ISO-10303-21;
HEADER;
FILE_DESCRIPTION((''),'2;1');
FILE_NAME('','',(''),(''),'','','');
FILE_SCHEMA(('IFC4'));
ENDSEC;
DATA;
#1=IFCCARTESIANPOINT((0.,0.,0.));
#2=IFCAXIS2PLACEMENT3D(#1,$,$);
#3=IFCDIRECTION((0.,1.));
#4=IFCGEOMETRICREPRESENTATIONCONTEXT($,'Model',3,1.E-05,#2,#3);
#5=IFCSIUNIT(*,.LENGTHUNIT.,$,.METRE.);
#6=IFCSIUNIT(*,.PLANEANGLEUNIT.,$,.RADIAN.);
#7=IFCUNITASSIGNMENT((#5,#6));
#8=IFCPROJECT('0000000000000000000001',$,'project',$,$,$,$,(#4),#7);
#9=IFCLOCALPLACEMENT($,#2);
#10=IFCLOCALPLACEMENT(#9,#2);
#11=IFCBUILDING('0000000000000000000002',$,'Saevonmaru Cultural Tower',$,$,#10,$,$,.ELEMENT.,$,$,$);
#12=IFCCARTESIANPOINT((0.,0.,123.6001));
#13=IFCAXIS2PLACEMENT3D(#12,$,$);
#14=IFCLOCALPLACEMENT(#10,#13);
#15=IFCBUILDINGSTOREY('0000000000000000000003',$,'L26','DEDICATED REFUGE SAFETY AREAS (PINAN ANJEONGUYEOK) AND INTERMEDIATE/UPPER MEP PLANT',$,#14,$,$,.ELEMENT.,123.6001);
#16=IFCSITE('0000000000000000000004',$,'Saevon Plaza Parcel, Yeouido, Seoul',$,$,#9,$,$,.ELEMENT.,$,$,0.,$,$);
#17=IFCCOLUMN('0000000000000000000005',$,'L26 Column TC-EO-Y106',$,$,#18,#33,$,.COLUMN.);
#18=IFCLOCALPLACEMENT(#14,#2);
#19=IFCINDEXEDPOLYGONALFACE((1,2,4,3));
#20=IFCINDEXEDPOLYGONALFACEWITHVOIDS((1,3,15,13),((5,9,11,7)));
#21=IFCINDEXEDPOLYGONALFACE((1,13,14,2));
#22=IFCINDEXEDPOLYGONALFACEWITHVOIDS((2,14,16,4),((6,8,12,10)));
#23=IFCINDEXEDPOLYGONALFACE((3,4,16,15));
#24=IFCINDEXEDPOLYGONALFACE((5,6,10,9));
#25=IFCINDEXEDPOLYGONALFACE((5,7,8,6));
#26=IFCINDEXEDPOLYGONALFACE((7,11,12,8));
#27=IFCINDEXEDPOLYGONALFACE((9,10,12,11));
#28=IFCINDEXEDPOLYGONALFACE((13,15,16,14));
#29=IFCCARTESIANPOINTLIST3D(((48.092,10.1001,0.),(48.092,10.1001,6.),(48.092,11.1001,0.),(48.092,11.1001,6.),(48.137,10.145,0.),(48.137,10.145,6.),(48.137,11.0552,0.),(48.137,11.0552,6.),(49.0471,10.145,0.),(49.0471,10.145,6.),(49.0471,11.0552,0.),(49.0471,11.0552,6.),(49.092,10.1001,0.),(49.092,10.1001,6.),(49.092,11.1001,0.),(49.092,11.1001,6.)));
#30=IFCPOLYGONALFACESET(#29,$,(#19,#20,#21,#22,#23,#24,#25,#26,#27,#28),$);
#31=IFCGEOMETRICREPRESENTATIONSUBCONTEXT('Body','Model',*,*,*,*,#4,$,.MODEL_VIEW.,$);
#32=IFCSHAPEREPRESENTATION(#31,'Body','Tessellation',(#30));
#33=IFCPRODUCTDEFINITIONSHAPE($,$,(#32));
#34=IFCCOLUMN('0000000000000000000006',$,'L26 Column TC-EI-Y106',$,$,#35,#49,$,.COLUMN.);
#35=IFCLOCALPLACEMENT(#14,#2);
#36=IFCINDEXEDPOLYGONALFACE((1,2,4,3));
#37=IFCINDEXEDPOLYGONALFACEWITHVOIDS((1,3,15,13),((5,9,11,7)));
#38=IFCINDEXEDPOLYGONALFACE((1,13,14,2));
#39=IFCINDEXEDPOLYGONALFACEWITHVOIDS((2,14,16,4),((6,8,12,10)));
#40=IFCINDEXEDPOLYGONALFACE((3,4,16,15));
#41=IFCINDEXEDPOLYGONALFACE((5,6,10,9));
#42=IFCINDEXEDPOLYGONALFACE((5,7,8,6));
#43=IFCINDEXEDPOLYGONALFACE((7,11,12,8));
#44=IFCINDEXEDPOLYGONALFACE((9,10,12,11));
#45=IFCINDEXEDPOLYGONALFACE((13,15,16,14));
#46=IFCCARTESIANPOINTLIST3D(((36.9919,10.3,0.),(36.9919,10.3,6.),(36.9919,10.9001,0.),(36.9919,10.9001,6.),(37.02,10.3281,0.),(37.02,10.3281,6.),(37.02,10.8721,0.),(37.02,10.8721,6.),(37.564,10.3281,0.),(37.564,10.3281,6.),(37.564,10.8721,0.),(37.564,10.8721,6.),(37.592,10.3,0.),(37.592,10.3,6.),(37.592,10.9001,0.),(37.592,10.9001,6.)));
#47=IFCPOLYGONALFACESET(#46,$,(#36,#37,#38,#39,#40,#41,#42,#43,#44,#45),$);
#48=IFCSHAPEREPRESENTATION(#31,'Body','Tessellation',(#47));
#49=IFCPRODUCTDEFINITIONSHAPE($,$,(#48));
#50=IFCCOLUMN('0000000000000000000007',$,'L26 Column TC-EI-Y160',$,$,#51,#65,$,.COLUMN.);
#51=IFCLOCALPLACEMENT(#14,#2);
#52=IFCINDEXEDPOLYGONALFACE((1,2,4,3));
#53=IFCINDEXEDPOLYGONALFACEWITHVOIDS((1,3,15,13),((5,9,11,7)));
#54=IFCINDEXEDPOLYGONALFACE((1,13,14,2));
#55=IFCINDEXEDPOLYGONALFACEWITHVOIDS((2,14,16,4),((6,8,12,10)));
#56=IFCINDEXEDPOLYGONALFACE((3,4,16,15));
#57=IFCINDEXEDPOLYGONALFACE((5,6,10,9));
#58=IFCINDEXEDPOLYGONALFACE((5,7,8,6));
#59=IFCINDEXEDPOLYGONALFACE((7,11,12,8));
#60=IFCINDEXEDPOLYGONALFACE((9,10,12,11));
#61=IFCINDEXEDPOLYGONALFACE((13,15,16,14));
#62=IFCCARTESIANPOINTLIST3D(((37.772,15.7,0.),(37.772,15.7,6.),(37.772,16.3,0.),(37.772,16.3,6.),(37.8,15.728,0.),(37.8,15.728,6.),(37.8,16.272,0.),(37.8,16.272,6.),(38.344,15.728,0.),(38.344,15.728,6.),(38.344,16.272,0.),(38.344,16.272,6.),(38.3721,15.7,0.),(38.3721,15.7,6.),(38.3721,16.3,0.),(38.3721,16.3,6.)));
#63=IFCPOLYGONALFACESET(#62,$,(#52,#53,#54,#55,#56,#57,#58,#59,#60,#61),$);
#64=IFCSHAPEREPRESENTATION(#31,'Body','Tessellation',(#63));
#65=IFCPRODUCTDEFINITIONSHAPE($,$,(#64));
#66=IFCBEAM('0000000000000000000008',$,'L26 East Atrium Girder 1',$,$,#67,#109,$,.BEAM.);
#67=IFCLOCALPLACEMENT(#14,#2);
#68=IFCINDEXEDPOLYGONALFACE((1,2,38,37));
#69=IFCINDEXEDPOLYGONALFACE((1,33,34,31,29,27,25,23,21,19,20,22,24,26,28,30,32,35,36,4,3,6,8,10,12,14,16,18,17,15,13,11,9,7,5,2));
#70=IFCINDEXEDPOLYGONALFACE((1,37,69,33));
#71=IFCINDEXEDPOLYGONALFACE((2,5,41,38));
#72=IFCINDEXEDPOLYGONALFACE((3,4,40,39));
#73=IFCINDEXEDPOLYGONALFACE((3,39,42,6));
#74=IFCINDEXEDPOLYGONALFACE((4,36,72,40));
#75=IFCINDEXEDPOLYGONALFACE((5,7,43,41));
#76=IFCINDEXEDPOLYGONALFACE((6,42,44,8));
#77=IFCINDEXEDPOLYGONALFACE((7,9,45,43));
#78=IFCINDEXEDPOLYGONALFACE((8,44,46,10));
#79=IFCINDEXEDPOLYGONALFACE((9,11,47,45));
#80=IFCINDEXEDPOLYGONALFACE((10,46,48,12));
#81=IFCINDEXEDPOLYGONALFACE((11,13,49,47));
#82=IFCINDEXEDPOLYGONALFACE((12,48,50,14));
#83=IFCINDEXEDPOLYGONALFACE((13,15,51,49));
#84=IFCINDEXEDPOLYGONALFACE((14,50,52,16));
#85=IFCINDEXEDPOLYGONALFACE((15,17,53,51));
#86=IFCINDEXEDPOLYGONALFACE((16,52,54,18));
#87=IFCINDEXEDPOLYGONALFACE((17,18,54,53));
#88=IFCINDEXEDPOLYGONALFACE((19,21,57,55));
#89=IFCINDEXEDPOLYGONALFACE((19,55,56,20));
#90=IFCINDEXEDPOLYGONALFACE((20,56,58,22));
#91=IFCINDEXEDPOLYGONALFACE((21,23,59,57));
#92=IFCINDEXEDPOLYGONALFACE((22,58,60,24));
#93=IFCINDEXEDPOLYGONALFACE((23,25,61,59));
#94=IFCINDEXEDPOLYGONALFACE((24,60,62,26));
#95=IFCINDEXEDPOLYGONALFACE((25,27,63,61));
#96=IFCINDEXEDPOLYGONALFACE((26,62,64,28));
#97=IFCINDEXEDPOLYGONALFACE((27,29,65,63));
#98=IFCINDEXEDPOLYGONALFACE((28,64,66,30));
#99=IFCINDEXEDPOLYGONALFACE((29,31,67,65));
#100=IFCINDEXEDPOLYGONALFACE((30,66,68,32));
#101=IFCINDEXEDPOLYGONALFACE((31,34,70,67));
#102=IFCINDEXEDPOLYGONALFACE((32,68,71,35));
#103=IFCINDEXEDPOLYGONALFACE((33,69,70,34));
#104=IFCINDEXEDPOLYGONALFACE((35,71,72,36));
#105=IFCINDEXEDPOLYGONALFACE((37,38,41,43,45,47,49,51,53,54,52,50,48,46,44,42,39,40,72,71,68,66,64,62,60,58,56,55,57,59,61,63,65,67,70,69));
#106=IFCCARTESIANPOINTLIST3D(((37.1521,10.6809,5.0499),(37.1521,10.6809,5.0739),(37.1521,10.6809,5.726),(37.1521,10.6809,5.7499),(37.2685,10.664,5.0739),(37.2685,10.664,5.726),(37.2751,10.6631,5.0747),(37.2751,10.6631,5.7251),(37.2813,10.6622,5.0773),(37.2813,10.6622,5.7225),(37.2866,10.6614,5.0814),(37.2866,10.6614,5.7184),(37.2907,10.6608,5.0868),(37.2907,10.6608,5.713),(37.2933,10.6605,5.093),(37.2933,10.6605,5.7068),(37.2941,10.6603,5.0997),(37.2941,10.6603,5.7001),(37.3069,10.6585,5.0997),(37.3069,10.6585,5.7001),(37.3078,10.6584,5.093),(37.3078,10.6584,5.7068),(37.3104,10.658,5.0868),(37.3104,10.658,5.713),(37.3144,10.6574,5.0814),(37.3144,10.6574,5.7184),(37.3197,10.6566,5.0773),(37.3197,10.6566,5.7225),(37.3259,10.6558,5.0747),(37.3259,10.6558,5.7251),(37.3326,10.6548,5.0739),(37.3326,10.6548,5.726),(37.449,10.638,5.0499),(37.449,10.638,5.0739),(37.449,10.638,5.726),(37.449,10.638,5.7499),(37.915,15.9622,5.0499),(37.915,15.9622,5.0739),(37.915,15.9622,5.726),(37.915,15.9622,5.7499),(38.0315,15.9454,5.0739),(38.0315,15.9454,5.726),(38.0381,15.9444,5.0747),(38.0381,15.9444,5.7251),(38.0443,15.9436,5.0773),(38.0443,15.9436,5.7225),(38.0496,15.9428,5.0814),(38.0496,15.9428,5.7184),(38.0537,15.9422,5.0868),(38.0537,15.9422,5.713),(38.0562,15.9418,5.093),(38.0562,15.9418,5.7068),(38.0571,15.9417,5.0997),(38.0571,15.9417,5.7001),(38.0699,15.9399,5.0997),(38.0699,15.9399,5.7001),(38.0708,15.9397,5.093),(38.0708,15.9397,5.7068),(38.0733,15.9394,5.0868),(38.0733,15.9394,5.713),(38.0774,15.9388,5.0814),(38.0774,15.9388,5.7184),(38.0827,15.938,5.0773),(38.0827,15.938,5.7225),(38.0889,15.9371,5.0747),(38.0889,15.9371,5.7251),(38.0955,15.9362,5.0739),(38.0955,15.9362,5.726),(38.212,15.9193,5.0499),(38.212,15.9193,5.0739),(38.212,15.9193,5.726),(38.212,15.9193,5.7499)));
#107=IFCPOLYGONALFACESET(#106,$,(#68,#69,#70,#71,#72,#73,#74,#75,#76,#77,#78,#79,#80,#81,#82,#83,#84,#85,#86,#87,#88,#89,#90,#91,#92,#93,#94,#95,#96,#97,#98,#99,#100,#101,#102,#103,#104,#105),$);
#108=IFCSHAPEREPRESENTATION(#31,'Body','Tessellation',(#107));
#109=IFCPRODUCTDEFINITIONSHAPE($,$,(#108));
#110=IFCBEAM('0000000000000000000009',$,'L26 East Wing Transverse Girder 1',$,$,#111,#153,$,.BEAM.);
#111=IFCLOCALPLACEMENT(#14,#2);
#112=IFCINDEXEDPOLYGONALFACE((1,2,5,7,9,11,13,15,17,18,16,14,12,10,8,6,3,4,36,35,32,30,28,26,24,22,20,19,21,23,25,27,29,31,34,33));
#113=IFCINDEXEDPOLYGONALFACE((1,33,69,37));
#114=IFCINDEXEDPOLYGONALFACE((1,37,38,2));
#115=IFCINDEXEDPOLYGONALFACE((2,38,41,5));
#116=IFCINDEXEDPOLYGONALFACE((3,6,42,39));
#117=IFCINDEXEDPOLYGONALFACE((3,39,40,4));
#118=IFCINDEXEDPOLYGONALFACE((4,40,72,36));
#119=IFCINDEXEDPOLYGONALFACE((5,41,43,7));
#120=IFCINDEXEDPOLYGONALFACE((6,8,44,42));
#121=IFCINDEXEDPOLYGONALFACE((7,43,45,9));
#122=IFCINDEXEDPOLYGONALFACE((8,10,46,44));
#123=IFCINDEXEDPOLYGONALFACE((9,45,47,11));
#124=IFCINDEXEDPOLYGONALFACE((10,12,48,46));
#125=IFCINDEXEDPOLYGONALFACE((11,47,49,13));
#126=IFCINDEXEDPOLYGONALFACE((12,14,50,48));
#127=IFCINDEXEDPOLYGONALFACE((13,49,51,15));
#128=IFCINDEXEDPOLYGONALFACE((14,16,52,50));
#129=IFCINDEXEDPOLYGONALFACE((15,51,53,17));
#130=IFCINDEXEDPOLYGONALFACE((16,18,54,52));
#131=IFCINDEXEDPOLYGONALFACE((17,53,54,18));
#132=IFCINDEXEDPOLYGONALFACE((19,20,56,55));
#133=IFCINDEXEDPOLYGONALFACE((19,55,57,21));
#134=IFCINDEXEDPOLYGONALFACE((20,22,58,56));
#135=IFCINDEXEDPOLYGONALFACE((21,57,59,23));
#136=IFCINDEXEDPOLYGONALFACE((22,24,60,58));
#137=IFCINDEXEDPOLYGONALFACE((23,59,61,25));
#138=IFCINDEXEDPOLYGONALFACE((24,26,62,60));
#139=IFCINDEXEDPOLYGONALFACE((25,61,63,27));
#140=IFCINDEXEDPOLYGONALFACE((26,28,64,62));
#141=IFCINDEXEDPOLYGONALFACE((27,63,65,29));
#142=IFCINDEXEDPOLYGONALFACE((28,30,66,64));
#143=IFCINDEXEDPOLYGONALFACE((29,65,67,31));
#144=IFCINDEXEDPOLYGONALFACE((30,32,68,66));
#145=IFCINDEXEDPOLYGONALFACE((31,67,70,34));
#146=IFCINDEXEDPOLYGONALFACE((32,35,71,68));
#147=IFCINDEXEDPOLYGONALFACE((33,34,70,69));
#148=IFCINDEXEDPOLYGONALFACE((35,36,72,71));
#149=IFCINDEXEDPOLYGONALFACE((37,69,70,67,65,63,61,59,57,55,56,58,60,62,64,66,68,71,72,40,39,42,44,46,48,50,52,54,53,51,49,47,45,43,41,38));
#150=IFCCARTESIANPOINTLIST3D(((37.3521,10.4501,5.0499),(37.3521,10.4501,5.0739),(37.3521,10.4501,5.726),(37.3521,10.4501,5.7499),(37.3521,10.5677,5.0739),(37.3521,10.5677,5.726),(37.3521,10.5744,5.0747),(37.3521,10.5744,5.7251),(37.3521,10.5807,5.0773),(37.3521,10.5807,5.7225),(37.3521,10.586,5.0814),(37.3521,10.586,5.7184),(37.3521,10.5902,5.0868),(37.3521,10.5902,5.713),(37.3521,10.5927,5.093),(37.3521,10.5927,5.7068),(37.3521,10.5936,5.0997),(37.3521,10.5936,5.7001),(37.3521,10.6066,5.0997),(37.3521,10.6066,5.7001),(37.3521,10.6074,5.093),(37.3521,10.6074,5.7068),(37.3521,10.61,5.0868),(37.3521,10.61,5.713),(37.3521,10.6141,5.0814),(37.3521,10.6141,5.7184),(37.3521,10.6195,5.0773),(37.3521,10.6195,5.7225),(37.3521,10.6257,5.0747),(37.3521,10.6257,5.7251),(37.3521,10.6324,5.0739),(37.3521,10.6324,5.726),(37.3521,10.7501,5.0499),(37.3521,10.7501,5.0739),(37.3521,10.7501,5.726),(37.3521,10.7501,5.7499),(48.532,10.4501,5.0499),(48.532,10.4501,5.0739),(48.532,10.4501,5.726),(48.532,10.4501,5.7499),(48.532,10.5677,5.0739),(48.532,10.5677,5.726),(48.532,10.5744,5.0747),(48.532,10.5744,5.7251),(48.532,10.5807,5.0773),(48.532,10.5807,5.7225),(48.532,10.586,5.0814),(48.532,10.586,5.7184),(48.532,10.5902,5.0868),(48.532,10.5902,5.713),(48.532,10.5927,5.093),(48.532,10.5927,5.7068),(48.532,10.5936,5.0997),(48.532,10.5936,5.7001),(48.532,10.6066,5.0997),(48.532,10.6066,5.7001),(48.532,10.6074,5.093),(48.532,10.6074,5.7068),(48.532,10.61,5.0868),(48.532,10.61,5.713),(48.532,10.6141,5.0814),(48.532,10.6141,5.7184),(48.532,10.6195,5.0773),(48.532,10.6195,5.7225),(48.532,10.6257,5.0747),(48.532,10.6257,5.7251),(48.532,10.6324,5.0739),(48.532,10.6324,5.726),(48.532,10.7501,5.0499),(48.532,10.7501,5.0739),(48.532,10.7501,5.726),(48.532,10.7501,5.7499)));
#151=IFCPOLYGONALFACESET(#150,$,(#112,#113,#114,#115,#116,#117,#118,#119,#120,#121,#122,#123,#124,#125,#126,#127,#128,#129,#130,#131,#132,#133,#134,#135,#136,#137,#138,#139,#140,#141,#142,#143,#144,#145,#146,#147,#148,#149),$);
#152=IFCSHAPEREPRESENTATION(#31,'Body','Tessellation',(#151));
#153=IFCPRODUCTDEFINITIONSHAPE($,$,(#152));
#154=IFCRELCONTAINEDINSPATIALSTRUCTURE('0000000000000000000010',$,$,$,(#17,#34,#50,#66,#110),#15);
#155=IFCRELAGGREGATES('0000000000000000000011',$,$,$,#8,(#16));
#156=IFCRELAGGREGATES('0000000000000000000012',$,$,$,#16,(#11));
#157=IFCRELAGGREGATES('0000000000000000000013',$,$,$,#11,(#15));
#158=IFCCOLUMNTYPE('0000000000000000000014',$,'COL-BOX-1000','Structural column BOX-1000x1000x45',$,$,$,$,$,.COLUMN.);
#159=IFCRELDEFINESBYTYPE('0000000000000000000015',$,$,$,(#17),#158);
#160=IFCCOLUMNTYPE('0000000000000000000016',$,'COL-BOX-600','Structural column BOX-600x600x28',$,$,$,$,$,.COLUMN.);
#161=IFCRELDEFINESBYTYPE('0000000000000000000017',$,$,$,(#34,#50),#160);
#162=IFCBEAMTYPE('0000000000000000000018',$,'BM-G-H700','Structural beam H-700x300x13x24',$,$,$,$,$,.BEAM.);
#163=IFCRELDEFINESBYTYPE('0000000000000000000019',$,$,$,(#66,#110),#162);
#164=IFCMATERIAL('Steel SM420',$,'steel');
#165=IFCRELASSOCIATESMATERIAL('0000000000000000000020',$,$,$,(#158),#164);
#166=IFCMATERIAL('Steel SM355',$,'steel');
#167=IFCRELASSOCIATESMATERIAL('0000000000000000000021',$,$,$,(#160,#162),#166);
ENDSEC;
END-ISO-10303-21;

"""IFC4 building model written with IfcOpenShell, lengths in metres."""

from ifc_helpers import new_model, si_unit, direction, frame, origin, origin_2d, place, context, subcontext, project, spatial, hollow_rectangle, i_section, extrude, material, material_profile, profile_set, type_object, element, save


model = new_model("IFC4")

# Units and contexts
model_context = context("Model", 3, precision=1e-05, world=origin(), true_north=direction((0.0, 1.0)))
body_context = subcontext(model_context, "Body", "Model", "MODEL_VIEW")
ifc_project = project(units=[si_unit("LENGTHUNIT", "METRE"), si_unit("PLANEANGLEUNIT", "RADIAN")], contexts=[model_context])

# Site, building, storey
site_placement = place(None, origin())
site = spatial("IfcSite", under=ifc_project, at=site_placement, Name="Saevon Plaza Parcel, Yeouido, Seoul", CompositionType="ELEMENT", RefElevation=0.0)
building_placement = place(site_placement, origin())
building = spatial("IfcBuilding", under=site, at=building_placement, Name="Saevonmaru Cultural Tower", CompositionType="ELEMENT")
storey_placement = place(building_placement, frame((0.0, 0.0, 123.6001)))
storey = spatial("IfcBuildingStorey", under=building, at=storey_placement, Name="L26", Description="DEDICATED REFUGE SAFETY AREAS (PINAN ANJEONGUYEOK) AND INTERMEDIATE/UPPER MEP PLANT", CompositionType="ELEMENT", Elevation=123.6001)

# Columns
ifc_material_1 = material(Name="Steel SM420", Category="steel")
ifc_material_profile_1 = material_profile(ifc_material_1, hollow_rectangle(XDim=1.0, YDim=1.0, WallThickness=0.0449, at=origin_2d()), Name="BOX-1000x1000x45")
ifc_profile_set_1 = profile_set([ifc_material_profile_1], Name="Steel SM420")
column_type_1 = type_object("IfcColumnType", Name="COL-BOX-1000", Description="Structural column BOX-1000x1000x45", PredefinedType="COLUMN", material=ifc_profile_set_1)
column_placement = place(storey_placement, frame((48.592, 10.6001, 0.0), z_axis=(0.0, 0.0, 1.0), x_axis=(1.0, 0.0, 0.0)))
element("IfcColumn", 1, at=column_placement, inside=storey, type_object=column_type_1, Name="L26 Column TC-EO-Y106", PredefinedType="COLUMN", context=body_context, shape_type="SweptSolid", body=[
    extrude(hollow_rectangle(XDim=1.0, YDim=1.0, WallThickness=0.0449, at=origin_2d()), origin(), (0.0, 0.0, 1.0), 6.0),
])
ifc_material_2 = material(Name="Steel SM355", Category="steel")
ifc_material_profile_2 = material_profile(ifc_material_2, hollow_rectangle(XDim=0.6001, YDim=0.6001, WallThickness=0.0281, at=origin_2d()), Name="BOX-600x600x28")
ifc_profile_set_2 = profile_set([ifc_material_profile_2], Name="Steel SM355")
column_type_2 = type_object("IfcColumnType", Name="COL-BOX-600", Description="Structural column BOX-600x600x28", PredefinedType="COLUMN", material=ifc_profile_set_2)
for number, where, z_axis, x_axis, name in (
    (2, (37.292, 10.6001, 0.0), (0.0, 0.0, 1.0), (1.0, 0.0, 0.0), "L26 Column TC-EI-Y106"),
    (3, (38.072, 16.0, 0.0), (0.0, 0.0, 1.0), (1.0, 0.0, 0.0), "L26 Column TC-EI-Y160"),
):
    element("IfcColumn", number, at=place(storey_placement, frame(where, z_axis=z_axis, x_axis=x_axis)), inside=storey, type_object=column_type_2, Name=name, PredefinedType="COLUMN", context=body_context, shape_type="SweptSolid", body=[
        extrude(hollow_rectangle(XDim=0.6001, YDim=0.6001, WallThickness=0.0281, at=origin_2d()), origin(), (0.0, 0.0, 1.0), 6.0),
    ])

# Beams
ifc_material_profile_3 = material_profile(ifc_material_2, i_section(OverallWidth=0.3, OverallDepth=0.7, WebThickness=0.0129, FlangeThickness=0.0239, FilletRadius=0.0259, at=origin_2d()), Name="H-700x300x13x24")
ifc_profile_set_3 = profile_set([ifc_material_profile_3], Name="Steel SM355")
beam_type_1 = type_object("IfcBeamType", Name="BM-G-H700", Description="Structural beam H-700x300x13x24", PredefinedType="BEAM", material=ifc_profile_set_3)
beam_1_placement = place(storey_placement, frame((37.3005, 10.6594, 5.3999), z_axis=(0.142978, 0.989726, 0.0), x_axis=(-0.989726, 0.142978, 0.0)))
element("IfcBeam", 4, at=beam_1_placement, inside=storey, type_object=beam_type_1, Name="L26 East Atrium Girder 1", PredefinedType="BEAM", context=body_context, shape_type="SweptSolid", body=[
    extrude(i_section(OverallWidth=0.3, OverallDepth=0.7, WebThickness=0.0129, FlangeThickness=0.0239, FilletRadius=0.0259, at=origin_2d()), origin(), (0.0, 0.0, 1.0), 5.3362),
])
beam_2_placement = place(storey_placement, frame((37.3521, 10.6001, 5.3999), z_axis=(1.0, 0.0, 0.0), x_axis=(0.0, 1.0, 0.0)))
element("IfcBeam", 5, at=beam_2_placement, inside=storey, type_object=beam_type_1, Name="L26 East Wing Transverse Girder 1", PredefinedType="BEAM", context=body_context, shape_type="SweptSolid", body=[
    extrude(i_section(OverallWidth=0.3, OverallDepth=0.7, WebThickness=0.0129, FlangeThickness=0.0239, FilletRadius=0.0259, at=origin_2d()), origin(), (0.0, 0.0, 1.0), 11.1799),
])

save(model, "model.ifc")
